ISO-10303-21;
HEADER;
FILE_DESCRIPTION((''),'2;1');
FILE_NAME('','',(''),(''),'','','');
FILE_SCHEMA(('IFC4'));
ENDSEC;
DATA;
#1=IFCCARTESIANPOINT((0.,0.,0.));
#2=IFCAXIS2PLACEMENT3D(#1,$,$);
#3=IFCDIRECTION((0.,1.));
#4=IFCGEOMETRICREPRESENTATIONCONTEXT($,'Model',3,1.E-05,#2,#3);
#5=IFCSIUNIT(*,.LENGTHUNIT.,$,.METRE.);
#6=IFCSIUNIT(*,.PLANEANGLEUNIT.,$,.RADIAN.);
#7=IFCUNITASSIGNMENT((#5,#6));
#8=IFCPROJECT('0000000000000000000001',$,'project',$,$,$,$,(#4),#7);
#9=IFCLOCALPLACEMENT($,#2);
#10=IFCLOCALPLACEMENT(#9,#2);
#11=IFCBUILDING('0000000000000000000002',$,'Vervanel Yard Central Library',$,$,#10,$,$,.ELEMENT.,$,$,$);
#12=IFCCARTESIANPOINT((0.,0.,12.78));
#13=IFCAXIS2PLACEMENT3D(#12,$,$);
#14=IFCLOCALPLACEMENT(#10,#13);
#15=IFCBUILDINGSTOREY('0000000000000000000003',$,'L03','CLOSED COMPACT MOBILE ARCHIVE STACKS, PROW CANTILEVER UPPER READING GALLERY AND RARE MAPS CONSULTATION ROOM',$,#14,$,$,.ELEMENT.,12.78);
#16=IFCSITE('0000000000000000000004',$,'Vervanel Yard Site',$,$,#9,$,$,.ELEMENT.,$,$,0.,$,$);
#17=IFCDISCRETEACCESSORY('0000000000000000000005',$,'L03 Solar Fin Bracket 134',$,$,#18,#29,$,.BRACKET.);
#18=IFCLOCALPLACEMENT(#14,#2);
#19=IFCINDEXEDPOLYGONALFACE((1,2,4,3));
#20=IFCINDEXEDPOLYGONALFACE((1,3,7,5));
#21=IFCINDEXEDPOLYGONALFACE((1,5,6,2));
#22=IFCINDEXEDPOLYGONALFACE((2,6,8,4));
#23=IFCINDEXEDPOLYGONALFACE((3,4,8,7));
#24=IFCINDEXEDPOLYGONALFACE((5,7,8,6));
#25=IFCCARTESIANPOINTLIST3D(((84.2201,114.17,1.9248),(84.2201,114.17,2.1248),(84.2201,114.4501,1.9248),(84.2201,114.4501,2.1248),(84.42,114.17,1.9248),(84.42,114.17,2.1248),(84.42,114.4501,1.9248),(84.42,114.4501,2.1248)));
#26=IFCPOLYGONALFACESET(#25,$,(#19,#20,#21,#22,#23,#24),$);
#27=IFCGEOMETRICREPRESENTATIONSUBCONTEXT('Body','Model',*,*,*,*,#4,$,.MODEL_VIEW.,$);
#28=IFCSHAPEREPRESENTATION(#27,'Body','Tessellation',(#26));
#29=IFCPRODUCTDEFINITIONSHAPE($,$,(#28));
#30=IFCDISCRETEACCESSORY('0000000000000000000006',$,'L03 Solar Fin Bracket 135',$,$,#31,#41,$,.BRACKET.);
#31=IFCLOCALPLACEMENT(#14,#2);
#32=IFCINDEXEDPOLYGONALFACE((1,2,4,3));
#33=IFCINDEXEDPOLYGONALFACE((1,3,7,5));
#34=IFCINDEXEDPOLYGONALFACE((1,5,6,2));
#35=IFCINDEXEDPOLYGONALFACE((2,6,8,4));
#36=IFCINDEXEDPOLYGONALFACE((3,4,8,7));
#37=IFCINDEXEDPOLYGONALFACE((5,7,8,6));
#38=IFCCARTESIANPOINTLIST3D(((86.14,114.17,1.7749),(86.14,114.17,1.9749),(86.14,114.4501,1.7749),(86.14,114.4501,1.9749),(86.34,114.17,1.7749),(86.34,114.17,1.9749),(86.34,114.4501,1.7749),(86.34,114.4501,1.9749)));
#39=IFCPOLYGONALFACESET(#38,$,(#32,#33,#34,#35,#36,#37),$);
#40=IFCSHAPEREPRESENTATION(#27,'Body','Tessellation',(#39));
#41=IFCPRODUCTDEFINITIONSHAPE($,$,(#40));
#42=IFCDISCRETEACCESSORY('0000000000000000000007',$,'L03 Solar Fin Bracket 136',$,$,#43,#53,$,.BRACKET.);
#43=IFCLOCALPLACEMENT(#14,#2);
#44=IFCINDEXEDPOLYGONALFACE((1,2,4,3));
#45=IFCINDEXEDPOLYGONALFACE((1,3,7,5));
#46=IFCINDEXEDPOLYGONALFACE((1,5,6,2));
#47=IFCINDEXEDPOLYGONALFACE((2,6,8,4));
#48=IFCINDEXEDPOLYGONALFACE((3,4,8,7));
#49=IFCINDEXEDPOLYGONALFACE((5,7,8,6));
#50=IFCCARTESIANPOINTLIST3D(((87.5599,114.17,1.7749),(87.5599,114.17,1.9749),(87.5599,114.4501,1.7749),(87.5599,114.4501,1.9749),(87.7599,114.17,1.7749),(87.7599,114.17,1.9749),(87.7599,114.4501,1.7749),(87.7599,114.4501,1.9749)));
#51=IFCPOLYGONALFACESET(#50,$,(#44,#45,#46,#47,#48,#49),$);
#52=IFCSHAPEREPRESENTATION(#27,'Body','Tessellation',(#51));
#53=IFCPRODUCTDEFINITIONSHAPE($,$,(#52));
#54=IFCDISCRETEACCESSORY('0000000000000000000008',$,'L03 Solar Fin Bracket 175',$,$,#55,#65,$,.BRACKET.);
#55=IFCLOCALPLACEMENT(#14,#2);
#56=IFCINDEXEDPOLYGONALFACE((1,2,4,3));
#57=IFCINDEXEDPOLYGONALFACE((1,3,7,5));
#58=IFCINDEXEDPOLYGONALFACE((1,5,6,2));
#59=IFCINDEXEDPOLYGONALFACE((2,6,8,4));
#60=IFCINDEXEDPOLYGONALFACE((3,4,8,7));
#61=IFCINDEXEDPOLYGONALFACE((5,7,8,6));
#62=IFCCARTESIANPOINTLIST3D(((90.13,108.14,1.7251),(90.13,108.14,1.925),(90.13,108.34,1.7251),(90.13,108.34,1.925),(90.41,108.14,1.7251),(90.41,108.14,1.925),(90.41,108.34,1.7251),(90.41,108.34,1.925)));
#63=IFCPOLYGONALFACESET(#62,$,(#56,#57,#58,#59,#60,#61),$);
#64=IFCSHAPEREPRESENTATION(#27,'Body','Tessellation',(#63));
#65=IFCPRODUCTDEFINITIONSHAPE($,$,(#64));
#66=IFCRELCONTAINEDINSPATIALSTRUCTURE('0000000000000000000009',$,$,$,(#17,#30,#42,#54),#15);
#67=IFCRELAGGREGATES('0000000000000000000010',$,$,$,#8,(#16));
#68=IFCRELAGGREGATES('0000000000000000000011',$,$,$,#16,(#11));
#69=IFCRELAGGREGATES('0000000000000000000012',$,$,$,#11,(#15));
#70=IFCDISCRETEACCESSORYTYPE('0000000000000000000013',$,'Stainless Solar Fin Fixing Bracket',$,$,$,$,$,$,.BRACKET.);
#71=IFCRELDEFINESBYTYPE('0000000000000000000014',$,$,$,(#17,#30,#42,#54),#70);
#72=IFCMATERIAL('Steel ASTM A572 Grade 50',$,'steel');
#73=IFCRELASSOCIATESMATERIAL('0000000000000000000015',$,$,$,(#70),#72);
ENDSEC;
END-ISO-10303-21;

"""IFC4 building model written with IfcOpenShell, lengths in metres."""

from ifc_helpers import new_model, si_unit, direction, frame, origin, origin_2d, place, context, subcontext, project, spatial, rectangle, extrude, material, type_object, element, save


model = new_model("IFC4")

# Units and contexts
model_context = context("Model", 3, precision=1e-05, world=origin(), true_north=direction((0.0, 1.0)))
body_context = subcontext(model_context, "Body", "Model", "MODEL_VIEW")
ifc_project = project(units=[si_unit("LENGTHUNIT", "METRE"), si_unit("PLANEANGLEUNIT", "RADIAN")], contexts=[model_context])

# Site, building, storey
site_placement = place(None, origin())
site = spatial("IfcSite", under=ifc_project, at=site_placement, Name="Vervanel Yard Site", CompositionType="ELEMENT", RefElevation=0.0)
building_placement = place(site_placement, origin())
building = spatial("IfcBuilding", under=site, at=building_placement, Name="Vervanel Yard Central Library", CompositionType="ELEMENT")
storey_placement = place(building_placement, frame((0.0, 0.0, 12.78)))
storey = spatial("IfcBuildingStorey", under=building, at=storey_placement, Name="L03", Description="CLOSED COMPACT MOBILE ARCHIVE STACKS, PROW CANTILEVER UPPER READING GALLERY AND RARE MAPS CONSULTATION ROOM", CompositionType="ELEMENT", Elevation=12.78)

# Discrete accessories
ifc_material_1 = material(Name="Steel ASTM A572 Grade 50", Category="steel")
discrete_accessory_type = type_object("IfcDiscreteAccessoryType", Name="Stainless Solar Fin Fixing Bracket", PredefinedType="BRACKET", material=ifc_material_1)
for number, where, z_axis, x_axis, name in (
    (1, (84.3201, 114.3101, 1.9248), (0.0, 0.0, 1.0), (1.0, 0.0, 0.0), "L03 Solar Fin Bracket 134"),
    (2, (86.24, 114.3101, 1.7749), (0.0, 0.0, 1.0), (1.0, 0.0, 0.0), "L03 Solar Fin Bracket 135"),
    (3, (87.6599, 114.3101, 1.7749), (0.0, 0.0, 1.0), (1.0, 0.0, 0.0), "L03 Solar Fin Bracket 136"),
    (4, (90.27, 108.24, 1.7251), (0.0, 0.0, 1.0), (0.0, 1.0, 0.0), "L03 Solar Fin Bracket 175"),
):
    element("IfcDiscreteAccessory", number, at=place(storey_placement, frame(where, z_axis=z_axis, x_axis=x_axis)), inside=storey, type_object=discrete_accessory_type, Name=name, PredefinedType="BRACKET", context=body_context, shape_type="SweptSolid", body=[
        extrude(rectangle(XDim=0.2, YDim=0.28, at=origin_2d()), origin(), (0.0, 0.0, 1.0), 0.2),
    ])

save(model, "model.ifc")
